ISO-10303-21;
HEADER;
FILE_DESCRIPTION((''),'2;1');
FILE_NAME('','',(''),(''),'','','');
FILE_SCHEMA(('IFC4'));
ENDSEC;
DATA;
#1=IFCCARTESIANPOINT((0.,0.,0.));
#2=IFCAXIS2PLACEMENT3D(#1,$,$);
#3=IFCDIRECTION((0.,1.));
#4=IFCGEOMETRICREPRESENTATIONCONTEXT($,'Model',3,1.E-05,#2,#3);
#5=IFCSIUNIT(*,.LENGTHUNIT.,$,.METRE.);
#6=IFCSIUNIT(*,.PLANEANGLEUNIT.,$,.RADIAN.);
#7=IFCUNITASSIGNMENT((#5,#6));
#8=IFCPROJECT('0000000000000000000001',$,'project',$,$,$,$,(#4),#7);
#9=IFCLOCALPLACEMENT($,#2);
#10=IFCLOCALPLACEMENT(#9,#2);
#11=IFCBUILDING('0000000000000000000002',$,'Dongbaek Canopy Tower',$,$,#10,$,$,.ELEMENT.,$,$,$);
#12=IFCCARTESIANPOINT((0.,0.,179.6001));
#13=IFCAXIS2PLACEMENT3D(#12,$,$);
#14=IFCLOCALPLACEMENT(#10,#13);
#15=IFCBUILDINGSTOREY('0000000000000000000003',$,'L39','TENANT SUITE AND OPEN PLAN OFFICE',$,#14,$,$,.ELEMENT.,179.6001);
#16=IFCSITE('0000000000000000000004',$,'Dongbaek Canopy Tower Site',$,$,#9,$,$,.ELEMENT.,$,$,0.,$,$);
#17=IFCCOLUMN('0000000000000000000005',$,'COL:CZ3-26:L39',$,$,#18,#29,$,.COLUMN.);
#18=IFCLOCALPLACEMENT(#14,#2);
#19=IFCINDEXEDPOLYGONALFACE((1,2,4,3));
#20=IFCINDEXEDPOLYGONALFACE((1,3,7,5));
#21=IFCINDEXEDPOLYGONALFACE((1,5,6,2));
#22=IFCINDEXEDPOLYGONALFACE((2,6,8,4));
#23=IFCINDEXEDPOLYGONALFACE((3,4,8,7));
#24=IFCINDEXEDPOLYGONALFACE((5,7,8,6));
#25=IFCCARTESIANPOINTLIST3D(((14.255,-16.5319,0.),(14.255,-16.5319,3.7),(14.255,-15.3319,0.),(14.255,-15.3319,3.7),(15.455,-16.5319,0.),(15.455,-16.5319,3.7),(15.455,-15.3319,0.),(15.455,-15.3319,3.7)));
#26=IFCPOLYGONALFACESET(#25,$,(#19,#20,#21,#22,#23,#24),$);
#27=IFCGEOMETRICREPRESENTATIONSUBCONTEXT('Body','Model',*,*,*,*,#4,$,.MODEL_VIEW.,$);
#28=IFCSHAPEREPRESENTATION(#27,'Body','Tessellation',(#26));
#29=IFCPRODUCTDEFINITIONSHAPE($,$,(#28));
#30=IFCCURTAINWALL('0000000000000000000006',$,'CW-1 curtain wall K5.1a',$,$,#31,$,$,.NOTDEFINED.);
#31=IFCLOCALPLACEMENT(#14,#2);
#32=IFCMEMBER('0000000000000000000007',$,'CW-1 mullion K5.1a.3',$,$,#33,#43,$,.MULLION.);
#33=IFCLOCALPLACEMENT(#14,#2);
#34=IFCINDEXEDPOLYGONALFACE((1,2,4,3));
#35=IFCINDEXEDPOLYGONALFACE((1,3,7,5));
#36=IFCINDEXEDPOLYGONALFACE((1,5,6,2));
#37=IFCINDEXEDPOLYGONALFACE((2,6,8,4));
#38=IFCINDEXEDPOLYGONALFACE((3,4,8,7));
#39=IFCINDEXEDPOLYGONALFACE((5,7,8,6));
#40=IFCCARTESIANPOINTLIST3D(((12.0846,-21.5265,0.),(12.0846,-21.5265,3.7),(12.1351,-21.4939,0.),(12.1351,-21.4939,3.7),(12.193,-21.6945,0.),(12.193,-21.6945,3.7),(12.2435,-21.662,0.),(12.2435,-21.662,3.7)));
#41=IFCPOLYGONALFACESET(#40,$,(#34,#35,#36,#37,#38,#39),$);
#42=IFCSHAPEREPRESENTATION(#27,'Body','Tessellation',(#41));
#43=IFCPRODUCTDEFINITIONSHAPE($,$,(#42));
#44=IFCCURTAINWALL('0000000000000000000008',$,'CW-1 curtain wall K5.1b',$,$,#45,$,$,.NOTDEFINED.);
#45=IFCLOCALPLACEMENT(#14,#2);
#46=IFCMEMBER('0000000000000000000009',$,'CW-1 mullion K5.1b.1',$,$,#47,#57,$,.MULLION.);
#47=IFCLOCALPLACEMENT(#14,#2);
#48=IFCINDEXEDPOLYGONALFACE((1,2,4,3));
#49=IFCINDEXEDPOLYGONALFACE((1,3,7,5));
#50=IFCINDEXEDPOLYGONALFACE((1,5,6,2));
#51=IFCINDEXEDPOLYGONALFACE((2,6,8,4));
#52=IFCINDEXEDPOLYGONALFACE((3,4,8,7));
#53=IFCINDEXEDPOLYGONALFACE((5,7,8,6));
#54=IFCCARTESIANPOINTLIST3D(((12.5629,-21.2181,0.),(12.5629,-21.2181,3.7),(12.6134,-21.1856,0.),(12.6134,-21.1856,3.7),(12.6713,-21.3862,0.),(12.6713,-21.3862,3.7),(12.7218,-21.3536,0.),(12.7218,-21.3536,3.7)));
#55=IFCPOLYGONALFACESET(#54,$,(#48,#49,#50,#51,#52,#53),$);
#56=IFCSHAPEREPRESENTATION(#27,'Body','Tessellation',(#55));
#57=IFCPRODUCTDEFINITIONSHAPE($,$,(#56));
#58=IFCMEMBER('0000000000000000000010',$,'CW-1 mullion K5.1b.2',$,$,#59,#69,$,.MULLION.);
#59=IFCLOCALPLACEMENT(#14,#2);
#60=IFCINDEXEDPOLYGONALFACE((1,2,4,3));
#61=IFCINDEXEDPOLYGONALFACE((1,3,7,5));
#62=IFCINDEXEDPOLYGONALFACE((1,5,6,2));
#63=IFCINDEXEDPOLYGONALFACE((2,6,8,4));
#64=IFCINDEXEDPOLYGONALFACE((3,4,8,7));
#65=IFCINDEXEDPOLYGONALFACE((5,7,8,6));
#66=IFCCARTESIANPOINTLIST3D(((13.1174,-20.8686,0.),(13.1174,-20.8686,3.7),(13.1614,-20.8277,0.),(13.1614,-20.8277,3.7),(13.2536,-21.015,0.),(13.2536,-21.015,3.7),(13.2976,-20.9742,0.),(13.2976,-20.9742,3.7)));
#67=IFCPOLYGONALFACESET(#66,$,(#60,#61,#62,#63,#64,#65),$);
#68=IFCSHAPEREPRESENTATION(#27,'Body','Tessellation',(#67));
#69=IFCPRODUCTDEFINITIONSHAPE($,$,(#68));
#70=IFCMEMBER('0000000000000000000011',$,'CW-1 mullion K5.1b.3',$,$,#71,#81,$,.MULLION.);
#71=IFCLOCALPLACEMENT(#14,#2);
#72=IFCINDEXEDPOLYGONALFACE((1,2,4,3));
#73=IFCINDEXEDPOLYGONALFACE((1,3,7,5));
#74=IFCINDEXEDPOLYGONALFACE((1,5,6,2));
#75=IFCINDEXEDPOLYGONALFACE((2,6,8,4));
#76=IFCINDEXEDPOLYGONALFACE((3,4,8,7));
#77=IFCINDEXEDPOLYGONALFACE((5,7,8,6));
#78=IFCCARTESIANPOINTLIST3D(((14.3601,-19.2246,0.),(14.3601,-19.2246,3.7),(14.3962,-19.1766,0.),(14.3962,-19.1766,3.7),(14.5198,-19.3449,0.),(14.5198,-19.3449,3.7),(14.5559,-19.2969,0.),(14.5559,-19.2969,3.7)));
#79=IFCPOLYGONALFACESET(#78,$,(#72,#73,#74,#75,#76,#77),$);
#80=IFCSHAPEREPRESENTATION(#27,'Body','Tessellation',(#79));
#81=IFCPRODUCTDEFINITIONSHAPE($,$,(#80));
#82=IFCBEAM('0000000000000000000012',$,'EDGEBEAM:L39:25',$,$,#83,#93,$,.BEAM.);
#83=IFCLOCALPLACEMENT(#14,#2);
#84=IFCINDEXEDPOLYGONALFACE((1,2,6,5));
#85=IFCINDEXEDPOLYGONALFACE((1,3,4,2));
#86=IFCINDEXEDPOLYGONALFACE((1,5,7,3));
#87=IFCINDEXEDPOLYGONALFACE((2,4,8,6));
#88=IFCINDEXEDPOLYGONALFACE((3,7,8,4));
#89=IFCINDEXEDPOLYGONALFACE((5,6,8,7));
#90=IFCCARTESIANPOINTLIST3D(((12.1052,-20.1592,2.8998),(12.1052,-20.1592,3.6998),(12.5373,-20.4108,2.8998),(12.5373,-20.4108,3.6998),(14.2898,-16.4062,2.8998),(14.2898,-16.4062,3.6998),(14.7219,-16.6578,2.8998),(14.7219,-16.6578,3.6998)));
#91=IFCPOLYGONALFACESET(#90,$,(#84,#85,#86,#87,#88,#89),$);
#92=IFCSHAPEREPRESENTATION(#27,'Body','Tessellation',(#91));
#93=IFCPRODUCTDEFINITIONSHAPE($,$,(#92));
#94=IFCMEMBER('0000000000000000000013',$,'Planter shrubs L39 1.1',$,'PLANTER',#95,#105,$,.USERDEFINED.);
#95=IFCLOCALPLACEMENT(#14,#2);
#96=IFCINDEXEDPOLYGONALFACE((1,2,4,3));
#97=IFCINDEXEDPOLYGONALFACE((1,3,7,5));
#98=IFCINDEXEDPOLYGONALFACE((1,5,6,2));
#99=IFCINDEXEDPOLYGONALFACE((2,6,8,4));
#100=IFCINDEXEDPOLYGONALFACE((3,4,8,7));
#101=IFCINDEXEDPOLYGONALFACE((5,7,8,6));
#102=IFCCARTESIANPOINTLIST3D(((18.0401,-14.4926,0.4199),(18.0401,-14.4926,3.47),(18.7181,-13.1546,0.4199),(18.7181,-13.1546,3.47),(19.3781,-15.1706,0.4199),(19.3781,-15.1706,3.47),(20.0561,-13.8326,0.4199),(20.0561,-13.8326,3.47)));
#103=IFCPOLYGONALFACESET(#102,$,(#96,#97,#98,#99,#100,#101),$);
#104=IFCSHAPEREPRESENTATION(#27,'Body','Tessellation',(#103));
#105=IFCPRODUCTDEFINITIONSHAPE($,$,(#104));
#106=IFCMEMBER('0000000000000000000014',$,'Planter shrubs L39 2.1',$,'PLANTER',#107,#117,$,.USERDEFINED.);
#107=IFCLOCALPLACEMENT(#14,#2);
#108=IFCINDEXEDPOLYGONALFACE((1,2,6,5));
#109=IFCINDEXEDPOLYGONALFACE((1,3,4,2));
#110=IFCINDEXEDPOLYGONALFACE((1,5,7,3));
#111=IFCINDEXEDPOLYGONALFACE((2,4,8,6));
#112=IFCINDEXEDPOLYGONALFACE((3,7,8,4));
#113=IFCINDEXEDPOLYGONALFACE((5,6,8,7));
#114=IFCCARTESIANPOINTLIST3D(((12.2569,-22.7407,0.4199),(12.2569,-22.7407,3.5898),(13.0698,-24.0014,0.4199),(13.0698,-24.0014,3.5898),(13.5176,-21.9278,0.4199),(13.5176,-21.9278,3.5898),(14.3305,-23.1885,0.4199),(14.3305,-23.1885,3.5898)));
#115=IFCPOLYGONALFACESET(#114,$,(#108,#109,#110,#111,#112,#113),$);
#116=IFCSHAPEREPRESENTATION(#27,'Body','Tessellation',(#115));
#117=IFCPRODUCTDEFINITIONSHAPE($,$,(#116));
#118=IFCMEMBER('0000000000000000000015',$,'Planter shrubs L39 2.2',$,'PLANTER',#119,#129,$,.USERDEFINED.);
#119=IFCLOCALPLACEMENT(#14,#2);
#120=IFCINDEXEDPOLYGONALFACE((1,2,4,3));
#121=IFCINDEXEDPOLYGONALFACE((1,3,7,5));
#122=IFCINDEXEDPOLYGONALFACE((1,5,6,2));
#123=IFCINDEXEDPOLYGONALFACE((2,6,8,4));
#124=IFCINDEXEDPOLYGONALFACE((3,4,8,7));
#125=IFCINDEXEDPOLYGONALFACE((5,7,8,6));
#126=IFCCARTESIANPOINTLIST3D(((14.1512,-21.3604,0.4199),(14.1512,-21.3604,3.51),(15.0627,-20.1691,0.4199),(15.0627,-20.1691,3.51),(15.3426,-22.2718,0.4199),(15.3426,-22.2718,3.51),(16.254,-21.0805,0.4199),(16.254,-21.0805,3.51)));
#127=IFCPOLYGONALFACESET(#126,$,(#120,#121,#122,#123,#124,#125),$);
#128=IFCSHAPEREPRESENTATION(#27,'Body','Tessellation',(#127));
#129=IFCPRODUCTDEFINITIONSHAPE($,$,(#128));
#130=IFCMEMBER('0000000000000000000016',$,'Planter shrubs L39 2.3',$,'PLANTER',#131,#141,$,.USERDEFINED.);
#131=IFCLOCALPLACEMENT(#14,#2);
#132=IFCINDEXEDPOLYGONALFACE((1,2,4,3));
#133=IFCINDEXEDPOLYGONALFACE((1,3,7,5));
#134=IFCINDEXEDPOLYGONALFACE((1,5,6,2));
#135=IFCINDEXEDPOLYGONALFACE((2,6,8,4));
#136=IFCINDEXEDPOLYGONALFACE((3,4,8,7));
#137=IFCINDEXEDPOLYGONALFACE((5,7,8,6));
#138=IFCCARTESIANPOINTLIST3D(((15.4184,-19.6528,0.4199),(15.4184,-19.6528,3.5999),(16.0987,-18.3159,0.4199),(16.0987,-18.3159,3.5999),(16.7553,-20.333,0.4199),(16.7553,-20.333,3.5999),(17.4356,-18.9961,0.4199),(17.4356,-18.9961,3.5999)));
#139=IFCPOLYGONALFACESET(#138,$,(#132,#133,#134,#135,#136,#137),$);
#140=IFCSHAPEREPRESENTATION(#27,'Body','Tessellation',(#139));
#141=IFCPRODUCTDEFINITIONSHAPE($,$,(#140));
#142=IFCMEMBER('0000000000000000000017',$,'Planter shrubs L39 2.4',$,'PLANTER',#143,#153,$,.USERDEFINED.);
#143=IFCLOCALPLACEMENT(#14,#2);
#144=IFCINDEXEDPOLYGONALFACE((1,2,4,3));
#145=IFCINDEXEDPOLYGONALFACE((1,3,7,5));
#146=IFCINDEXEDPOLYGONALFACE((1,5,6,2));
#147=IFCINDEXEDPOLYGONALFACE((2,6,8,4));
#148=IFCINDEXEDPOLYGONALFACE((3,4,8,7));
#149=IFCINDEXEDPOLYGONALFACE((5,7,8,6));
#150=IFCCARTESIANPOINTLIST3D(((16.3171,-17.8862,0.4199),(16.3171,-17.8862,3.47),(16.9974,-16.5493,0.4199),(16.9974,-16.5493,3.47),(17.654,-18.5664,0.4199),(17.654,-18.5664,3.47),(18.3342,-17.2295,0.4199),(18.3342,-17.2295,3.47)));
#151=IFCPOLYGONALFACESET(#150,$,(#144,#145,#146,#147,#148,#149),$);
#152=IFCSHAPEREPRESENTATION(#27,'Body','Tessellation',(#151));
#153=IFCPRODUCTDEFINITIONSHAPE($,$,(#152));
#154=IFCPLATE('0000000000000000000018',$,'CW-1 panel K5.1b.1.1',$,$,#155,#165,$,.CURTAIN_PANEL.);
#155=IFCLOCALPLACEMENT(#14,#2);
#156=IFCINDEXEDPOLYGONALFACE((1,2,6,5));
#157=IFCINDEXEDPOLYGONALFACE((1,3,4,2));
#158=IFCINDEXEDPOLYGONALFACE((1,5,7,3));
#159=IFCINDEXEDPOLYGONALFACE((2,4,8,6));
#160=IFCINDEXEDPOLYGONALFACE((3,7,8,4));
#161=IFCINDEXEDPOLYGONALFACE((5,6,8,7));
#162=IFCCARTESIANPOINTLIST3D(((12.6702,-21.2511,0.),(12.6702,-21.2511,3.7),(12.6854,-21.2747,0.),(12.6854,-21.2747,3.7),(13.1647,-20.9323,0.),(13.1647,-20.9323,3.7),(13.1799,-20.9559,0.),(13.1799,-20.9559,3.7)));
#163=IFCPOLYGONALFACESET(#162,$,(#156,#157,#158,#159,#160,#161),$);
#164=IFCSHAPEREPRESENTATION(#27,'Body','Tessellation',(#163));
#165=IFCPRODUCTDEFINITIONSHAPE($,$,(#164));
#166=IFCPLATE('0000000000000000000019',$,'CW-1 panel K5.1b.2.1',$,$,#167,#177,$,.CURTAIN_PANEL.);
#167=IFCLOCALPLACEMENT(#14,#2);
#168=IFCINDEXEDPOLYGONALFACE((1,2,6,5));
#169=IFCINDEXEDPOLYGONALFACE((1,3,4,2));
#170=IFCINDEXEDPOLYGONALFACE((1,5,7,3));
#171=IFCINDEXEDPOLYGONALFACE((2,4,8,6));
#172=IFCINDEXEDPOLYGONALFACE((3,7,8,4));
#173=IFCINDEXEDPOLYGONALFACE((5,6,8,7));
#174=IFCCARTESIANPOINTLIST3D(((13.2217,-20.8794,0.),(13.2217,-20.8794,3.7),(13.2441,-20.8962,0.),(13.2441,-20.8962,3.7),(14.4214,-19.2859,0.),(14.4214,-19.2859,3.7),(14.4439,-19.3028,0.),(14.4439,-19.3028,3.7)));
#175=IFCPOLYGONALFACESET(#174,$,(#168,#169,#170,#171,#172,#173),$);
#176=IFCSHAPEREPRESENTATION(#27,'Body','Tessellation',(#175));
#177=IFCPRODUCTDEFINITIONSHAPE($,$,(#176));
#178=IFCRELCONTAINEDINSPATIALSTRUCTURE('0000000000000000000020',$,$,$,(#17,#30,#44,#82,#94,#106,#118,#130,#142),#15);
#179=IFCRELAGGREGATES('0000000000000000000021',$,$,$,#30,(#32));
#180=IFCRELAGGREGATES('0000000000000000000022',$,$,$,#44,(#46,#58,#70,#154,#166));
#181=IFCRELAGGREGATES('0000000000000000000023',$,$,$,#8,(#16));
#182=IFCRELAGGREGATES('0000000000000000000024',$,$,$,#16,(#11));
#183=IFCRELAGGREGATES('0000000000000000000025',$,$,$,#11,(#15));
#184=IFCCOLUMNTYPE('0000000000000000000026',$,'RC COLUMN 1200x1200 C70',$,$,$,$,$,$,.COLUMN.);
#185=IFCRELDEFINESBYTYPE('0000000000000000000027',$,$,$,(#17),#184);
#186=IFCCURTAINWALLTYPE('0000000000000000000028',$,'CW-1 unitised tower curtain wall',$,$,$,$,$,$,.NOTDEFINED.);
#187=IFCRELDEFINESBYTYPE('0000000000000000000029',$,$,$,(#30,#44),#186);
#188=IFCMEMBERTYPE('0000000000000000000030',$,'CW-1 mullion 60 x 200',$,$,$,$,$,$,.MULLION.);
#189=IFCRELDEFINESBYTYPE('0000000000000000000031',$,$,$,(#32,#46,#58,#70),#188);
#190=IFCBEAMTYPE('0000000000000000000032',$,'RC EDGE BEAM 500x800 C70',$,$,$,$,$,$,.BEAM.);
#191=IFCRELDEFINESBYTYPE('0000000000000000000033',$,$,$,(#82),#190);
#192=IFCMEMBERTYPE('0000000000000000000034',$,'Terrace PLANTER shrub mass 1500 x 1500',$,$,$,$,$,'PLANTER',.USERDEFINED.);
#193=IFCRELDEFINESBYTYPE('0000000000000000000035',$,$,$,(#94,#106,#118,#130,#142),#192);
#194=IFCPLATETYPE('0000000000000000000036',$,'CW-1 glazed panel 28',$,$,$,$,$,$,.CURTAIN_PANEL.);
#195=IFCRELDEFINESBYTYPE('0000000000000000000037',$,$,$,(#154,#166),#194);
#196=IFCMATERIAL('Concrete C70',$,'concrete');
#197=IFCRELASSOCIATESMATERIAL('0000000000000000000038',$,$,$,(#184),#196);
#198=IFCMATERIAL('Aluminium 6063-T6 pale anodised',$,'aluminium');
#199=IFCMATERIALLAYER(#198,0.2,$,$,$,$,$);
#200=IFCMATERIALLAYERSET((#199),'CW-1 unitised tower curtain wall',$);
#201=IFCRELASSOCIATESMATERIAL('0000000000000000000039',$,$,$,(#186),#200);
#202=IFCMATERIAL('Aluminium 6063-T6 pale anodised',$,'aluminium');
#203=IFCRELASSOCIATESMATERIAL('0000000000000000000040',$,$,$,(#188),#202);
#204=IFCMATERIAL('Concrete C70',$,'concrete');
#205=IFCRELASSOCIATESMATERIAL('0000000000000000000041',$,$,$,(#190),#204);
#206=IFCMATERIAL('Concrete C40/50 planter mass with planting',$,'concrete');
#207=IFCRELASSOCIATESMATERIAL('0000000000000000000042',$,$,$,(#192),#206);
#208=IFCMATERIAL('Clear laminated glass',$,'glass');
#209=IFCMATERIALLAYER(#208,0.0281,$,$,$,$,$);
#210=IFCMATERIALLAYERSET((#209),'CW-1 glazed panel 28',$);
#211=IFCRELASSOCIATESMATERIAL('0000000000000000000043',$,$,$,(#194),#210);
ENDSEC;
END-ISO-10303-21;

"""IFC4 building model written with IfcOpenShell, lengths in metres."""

from ifc_helpers import new_model, si_unit, direction, frame, origin, origin_2d, place, context, subcontext, project, spatial, rectangle, extrude, material, layer, layer_set, material_profile, profile_set, type_object, element, aggregate, save


model = new_model("IFC4")

# Units and contexts
model_context = context("Model", 3, precision=1e-05, world=origin(), true_north=direction((0.0, 1.0)))
body_context = subcontext(model_context, "Body", "Model", "MODEL_VIEW")
ifc_project = project(units=[si_unit("LENGTHUNIT", "METRE"), si_unit("PLANEANGLEUNIT", "RADIAN")], contexts=[model_context])

# Site, building, storey
site_placement = place(None, origin())
site = spatial("IfcSite", under=ifc_project, at=site_placement, Name="Dongbaek Canopy Tower Site", CompositionType="ELEMENT", RefElevation=0.0)
building_placement = place(site_placement, origin())
building = spatial("IfcBuilding", under=site, at=building_placement, Name="Dongbaek Canopy Tower", CompositionType="ELEMENT")
storey_placement = place(building_placement, frame((0.0, 0.0, 179.6001)))
storey = spatial("IfcBuildingStorey", under=building, at=storey_placement, Name="L39", Description="TENANT SUITE AND OPEN PLAN OFFICE", CompositionType="ELEMENT", Elevation=179.6001)

# Column
ifc_material_1 = material(Name="Concrete C70", Category="concrete")
ifc_material_profile_1 = material_profile(ifc_material_1, rectangle(XDim=1.2, YDim=1.2, at=origin_2d()), Name="RC COLUMN 1200x1200 C70")
ifc_profile_set_1 = profile_set([ifc_material_profile_1], Name="Concrete C70")
column_type = type_object("IfcColumnType", Name="RC COLUMN 1200x1200 C70", PredefinedType="COLUMN", material=ifc_profile_set_1)
column_placement = place(storey_placement, frame((14.855, -15.9319, 0.0), z_axis=(0.0, 0.0, 1.0), x_axis=(1.0, 0.0, 0.0)))
element("IfcColumn", 1, at=column_placement, inside=storey, type_object=column_type, Name="COL:CZ3-26:L39", PredefinedType="COLUMN", context=body_context, shape_type="SweptSolid", body=[
    extrude(rectangle(XDim=1.2, YDim=1.2, at=origin_2d()), origin(), (0.0, 0.0, 1.0), 3.7),
])

# Curtain wall, member
ifc_material_2 = material(Name="Aluminium 6063-T6 pale anodised", Category="aluminium")
ifc_layer_1 = layer(ifc_material_2, 0.2)
ifc_layer_set_1 = layer_set([ifc_layer_1], Name="CW-1 unitised tower curtain wall")
curtain_wall_type = type_object("IfcCurtainWallType", Name="CW-1 unitised tower curtain wall", PredefinedType="NOTDEFINED", material=ifc_layer_set_1)
curtain_wall_1_placement = place(storey_placement, origin())
curtain_wall_1 = element("IfcCurtainWall", 2, at=curtain_wall_1_placement, inside=storey, type_object=curtain_wall_type, Name="CW-1 curtain wall K5.1a", PredefinedType="NOTDEFINED")
ifc_material_3 = material(Name="Aluminium 6063-T6 pale anodised", Category="aluminium")
ifc_material_profile_2 = material_profile(ifc_material_3, rectangle(XDim=0.2, YDim=0.0601, at=origin_2d()), Name="CW-1 mullion 60 x 200")
ifc_profile_set_2 = profile_set([ifc_material_profile_2], Name="Aluminium 6063-T6 pale anodised")
member_type_1 = type_object("IfcMemberType", Name="CW-1 mullion 60 x 200", PredefinedType="MULLION", material=ifc_profile_set_2)
member_1_placement = place(storey_placement, frame((12.1641, -21.5942, 0.0), z_axis=(0.0, 0.0, 1.0), x_axis=(0.541917, -0.840432, 0.0)))
member_1 = element("IfcMember", 3, at=member_1_placement, type_object=member_type_1, Name="CW-1 mullion K5.1a.3", PredefinedType="MULLION", context=body_context, shape_type="SweptSolid", body=[
    extrude(rectangle(XDim=0.2, YDim=0.0601, at=origin_2d()), origin(), (0.0, 0.0, 1.0), 3.7),
])
aggregate(curtain_wall_1, [member_1])

# Curtain wall, members
curtain_wall_2_placement = place(storey_placement, origin())
curtain_wall_2 = element("IfcCurtainWall", 4, at=curtain_wall_2_placement, inside=storey, type_object=curtain_wall_type, Name="CW-1 curtain wall K5.1b", PredefinedType="NOTDEFINED")
member_2_placement = place(storey_placement, frame((12.6423, -21.2859, 0.0), z_axis=(0.0, 0.0, 1.0), x_axis=(0.541917, -0.840432, 0.0)))
member_2 = element("IfcMember", 5, at=member_2_placement, type_object=member_type_1, Name="CW-1 mullion K5.1b.1", PredefinedType="MULLION", context=body_context, shape_type="SweptSolid", body=[
    extrude(rectangle(XDim=0.2, YDim=0.0601, at=origin_2d()), origin(), (0.0, 0.0, 1.0), 3.7),
])
member_3_placement = place(storey_placement, frame((13.2075, -20.9214, 0.0), z_axis=(0.0, 0.0, 1.0), x_axis=(0.680959, -0.732322, 0.0)))
member_3 = element("IfcMember", 6, at=member_3_placement, type_object=member_type_1, Name="CW-1 mullion K5.1b.2", PredefinedType="MULLION", context=body_context, shape_type="SweptSolid", body=[
    extrude(rectangle(XDim=0.2, YDim=0.0601, at=origin_2d()), origin(), (0.0, 0.0, 1.0), 3.7),
])
member_4_placement = place(storey_placement, frame((14.458, -19.2607, 0.0), z_axis=(0.0, 0.0, 1.0), x_axis=(0.798877, -0.601495, 0.0)))
member_4 = element("IfcMember", 7, at=member_4_placement, type_object=member_type_1, Name="CW-1 mullion K5.1b.3", PredefinedType="MULLION", context=body_context, shape_type="SweptSolid", body=[
    extrude(rectangle(XDim=0.2, YDim=0.0601, at=origin_2d()), origin(), (0.0, 0.0, 1.0), 3.7),
])

# Beam
ifc_material_4 = material(Name="Concrete C70", Category="concrete")
ifc_material_profile_3 = material_profile(ifc_material_4, rectangle(XDim=0.5, YDim=0.8, at=origin_2d()), Name="RC EDGE BEAM 500x800 C70")
ifc_profile_set_3 = profile_set([ifc_material_profile_3], Name="Concrete C70")
beam_type = type_object("IfcBeamType", Name="RC EDGE BEAM 500x800 C70", PredefinedType="BEAM", material=ifc_profile_set_3)
beam_placement = place(storey_placement, frame((14.5059, -16.532, 3.2998), z_axis=(-0.503074, -0.864243, 0.0), x_axis=(0.864243, -0.503074, 0.0)))
element("IfcBeam", 8, at=beam_placement, inside=storey, type_object=beam_type, Name="EDGEBEAM:L39:25", PredefinedType="BEAM", context=body_context, shape_type="SweptSolid", body=[
    extrude(rectangle(XDim=0.5, YDim=0.8, at=origin_2d()), origin(), (0.0, 0.0, 1.0), 4.3425),
])

# Members
ifc_material_5 = material(Name="Concrete C40/50 planter mass with planting", Category="concrete")
ifc_material_profile_4 = material_profile(ifc_material_5, rectangle(XDim=1.5, YDim=1.5, at=origin_2d()), Name="Terrace PLANTER shrub mass 1500 x 1500")
ifc_profile_set_4 = profile_set([ifc_material_profile_4], Name="Concrete C40/50 planter mass with planting")
member_type_2 = type_object("IfcMemberType", Name="Terrace PLANTER shrub mass 1500 x 1500", ElementType="PLANTER", PredefinedType="USERDEFINED", material=ifc_profile_set_4)
member_5_placement = place(storey_placement, frame((19.0481, -14.1626, 0.4199), z_axis=(0.0, 0.0, 1.0), x_axis=(0.892013, -0.452009, 0.0)))
element("IfcMember", 9, at=member_5_placement, inside=storey, type_object=member_type_2, Name="Planter shrubs L39 1.1", ObjectType="PLANTER", PredefinedType="USERDEFINED", context=body_context, shape_type="SweptSolid", body=[
    extrude(rectangle(XDim=1.5, YDim=1.5, at=origin_2d()), origin(), (0.0, 0.0, 1.0), 3.05),
])
member_6_placement = place(storey_placement, frame((13.2937, -22.9646, 0.4199), z_axis=(0.0, 0.0, 1.0), x_axis=(0.541917, -0.840432, 0.0)))
element("IfcMember", 10, at=member_6_placement, inside=storey, type_object=member_type_2, Name="Planter shrubs L39 2.1", ObjectType="PLANTER", PredefinedType="USERDEFINED", context=body_context, shape_type="SweptSolid", body=[
    extrude(rectangle(XDim=1.5, YDim=1.5, at=origin_2d()), origin(), (0.0, 0.0, 1.0), 3.1699),
])
member_7_placement = place(storey_placement, frame((15.2026, -21.2205, 0.4199), z_axis=(0.0, 0.0, 1.0), x_axis=(0.79422, -0.60763, 0.0)))
element("IfcMember", 11, at=member_7_placement, inside=storey, type_object=member_type_2, Name="Planter shrubs L39 2.2", ObjectType="PLANTER", PredefinedType="USERDEFINED", context=body_context, shape_type="SweptSolid", body=[
    extrude(rectangle(XDim=1.5, YDim=1.5, at=origin_2d()), origin(), (0.0, 0.0, 1.0), 3.0901),
])
member_8_placement = place(storey_placement, frame((16.427, -19.3245, 0.4199), z_axis=(0.0, 0.0, 1.0), x_axis=(0.891263, -0.453486, 0.0)))
element("IfcMember", 12, at=member_8_placement, inside=storey, type_object=member_type_2, Name="Planter shrubs L39 2.3", ObjectType="PLANTER", PredefinedType="USERDEFINED", context=body_context, shape_type="SweptSolid", body=[
    extrude(rectangle(XDim=1.5, YDim=1.5, at=origin_2d()), origin(), (0.0, 0.0, 1.0), 3.1799),
])
member_9_placement = place(storey_placement, frame((17.3257, -17.5579, 0.4199), z_axis=(0.0, 0.0, 1.0), x_axis=(0.891263, -0.453486, 0.0)))
element("IfcMember", 13, at=member_9_placement, inside=storey, type_object=member_type_2, Name="Planter shrubs L39 2.4", ObjectType="PLANTER", PredefinedType="USERDEFINED", context=body_context, shape_type="SweptSolid", body=[
    extrude(rectangle(XDim=1.5, YDim=1.5, at=origin_2d()), origin(), (0.0, 0.0, 1.0), 3.05),
])

# Plates
ifc_material_6 = material(Name="Clear laminated glass", Category="glass")
ifc_layer_2 = layer(ifc_material_6, 0.0281)
ifc_layer_set_2 = layer_set([ifc_layer_2], Name="CW-1 glazed panel 28")
plate_type = type_object("IfcPlateType", Name="CW-1 glazed panel 28", PredefinedType="CURTAIN_PANEL", material=ifc_layer_set_2)
plate_1_placement = place(storey_placement, frame((12.925, -21.1035, 0.0), z_axis=(0.0, 0.0, 1.0), x_axis=(0.840432, 0.541917, 0.0)))
plate_1 = element("IfcPlate", 14, at=plate_1_placement, type_object=plate_type, Name="CW-1 panel K5.1b.1.1", PredefinedType="CURTAIN_PANEL", context=body_context, shape_type="SweptSolid", body=[
    extrude(rectangle(XDim=0.5884, YDim=0.0281, at=origin_2d()), origin(), (0.0, 0.0, 1.0), 3.7),
])
plate_2_placement = place(storey_placement, frame((13.8328, -20.0911, 0.0), z_axis=(0.0, 0.0, 1.0), x_axis=(0.601495, 0.798877, 0.0)))
plate_2 = element("IfcPlate", 15, at=plate_2_placement, type_object=plate_type, Name="CW-1 panel K5.1b.2.1", PredefinedType="CURTAIN_PANEL", context=body_context, shape_type="SweptSolid", body=[
    extrude(rectangle(XDim=1.9946, YDim=0.0281, at=origin_2d()), origin(), (0.0, 0.0, 1.0), 3.7),
])
aggregate(curtain_wall_2, [member_2, member_3, member_4, plate_1, plate_2])

save(model, "model.ifc")
